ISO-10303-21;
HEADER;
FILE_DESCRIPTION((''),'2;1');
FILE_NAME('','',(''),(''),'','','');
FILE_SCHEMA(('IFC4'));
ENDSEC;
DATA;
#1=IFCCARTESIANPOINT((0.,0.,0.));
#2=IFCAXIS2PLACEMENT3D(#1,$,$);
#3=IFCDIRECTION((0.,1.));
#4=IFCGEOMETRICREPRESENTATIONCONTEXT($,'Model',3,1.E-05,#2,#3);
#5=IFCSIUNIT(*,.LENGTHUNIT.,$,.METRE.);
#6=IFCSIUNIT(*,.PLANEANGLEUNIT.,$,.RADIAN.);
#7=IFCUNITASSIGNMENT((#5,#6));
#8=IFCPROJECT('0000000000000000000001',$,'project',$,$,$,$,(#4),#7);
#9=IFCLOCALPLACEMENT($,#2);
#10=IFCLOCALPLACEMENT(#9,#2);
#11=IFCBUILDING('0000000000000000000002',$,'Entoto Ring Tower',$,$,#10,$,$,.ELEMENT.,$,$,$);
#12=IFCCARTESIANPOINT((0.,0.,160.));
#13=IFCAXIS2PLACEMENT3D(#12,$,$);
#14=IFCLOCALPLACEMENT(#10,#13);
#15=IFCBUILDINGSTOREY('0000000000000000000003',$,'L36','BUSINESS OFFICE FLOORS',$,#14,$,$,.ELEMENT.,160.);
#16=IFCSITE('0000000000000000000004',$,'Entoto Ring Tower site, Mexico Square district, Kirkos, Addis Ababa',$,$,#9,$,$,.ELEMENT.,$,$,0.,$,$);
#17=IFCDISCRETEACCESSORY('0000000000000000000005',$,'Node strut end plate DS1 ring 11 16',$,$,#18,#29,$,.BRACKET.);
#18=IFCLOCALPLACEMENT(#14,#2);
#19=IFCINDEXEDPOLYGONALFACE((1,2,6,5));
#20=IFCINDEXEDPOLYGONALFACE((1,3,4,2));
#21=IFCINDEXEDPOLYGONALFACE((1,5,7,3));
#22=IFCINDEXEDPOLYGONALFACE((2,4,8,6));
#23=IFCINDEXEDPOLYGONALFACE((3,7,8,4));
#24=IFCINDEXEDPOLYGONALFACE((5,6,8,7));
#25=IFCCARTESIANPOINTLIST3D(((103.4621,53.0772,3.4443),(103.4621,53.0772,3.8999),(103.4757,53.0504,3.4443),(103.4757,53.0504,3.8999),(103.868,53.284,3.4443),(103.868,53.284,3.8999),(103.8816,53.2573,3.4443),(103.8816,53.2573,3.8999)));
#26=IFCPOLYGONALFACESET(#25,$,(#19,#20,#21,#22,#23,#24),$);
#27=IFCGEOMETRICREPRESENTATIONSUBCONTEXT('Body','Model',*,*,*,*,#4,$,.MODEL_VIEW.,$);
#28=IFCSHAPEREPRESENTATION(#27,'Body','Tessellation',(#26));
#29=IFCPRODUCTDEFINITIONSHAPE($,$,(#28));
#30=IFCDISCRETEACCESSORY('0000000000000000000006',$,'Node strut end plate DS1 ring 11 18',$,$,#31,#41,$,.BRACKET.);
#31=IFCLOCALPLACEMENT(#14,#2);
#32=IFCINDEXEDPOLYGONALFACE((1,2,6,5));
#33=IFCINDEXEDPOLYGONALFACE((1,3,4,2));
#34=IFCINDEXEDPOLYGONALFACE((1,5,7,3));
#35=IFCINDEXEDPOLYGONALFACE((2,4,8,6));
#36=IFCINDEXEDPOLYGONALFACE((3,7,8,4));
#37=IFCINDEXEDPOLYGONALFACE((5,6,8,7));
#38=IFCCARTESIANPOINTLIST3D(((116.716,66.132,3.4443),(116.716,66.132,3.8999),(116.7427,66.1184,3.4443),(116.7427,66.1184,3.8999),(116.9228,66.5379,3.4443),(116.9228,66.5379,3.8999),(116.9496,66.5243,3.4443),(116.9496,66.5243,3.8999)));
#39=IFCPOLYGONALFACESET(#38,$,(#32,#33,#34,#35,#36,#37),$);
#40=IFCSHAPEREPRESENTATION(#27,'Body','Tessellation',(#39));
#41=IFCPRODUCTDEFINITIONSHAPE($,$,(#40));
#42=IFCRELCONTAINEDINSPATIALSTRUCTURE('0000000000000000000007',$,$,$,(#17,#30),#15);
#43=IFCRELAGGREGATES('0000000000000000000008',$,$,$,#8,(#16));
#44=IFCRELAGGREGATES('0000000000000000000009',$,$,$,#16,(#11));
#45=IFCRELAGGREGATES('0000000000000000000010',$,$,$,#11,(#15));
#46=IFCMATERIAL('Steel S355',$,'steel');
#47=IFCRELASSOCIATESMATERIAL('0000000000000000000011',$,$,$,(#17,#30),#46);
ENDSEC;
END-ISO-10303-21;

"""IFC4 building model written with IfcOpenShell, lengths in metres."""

from ifc_helpers import new_model, si_unit, direction, frame, origin, origin_2d, place, context, subcontext, project, spatial, rectangle, extrude, material, element, save


model = new_model("IFC4")

# Units and contexts
model_context = context("Model", 3, precision=1e-05, world=origin(), true_north=direction((0.0, 1.0)))
body_context = subcontext(model_context, "Body", "Model", "MODEL_VIEW")
ifc_project = project(units=[si_unit("LENGTHUNIT", "METRE"), si_unit("PLANEANGLEUNIT", "RADIAN")], contexts=[model_context])

# Site, building, storey
site_placement = place(None, origin())
site = spatial("IfcSite", under=ifc_project, at=site_placement, Name="Entoto Ring Tower site, Mexico Square district, Kirkos, Addis Ababa", CompositionType="ELEMENT", RefElevation=0.0)
building_placement = place(site_placement, origin())
building = spatial("IfcBuilding", under=site, at=building_placement, Name="Entoto Ring Tower", CompositionType="ELEMENT")
storey_placement = place(building_placement, frame((0.0, 0.0, 160.0)))
storey = spatial("IfcBuildingStorey", under=building, at=storey_placement, Name="L36", Description="BUSINESS OFFICE FLOORS", CompositionType="ELEMENT", Elevation=160.0)

# Discrete accessories
ifc_material_1 = material(Name="Steel S355", Category="steel")
for number, where, z_axis, x_axis, name in (
    (1, (103.6719, 53.1672, 3.4443), (0.0, 0.0, 1.0), (0.45399, -0.891007, 0.0), "Node strut end plate DS1 ring 11 16"),
    (2, (116.8328, 66.3281, 3.4443), (0.0, 0.0, 1.0), (0.891007, -0.45399, 0.0), "Node strut end plate DS1 ring 11 18"),
):
    element("IfcDiscreteAccessory", number, at=place(storey_placement, frame(where, z_axis=z_axis, x_axis=x_axis)), inside=storey, material=ifc_material_1, Name=name, PredefinedType="BRACKET", context=body_context, shape_type="SweptSolid", body=[
        extrude(rectangle(XDim=0.03, YDim=0.4556, at=origin_2d()), origin(), (0.0, 0.0, 1.0), 0.4556),
    ])

save(model, "model.ifc")
